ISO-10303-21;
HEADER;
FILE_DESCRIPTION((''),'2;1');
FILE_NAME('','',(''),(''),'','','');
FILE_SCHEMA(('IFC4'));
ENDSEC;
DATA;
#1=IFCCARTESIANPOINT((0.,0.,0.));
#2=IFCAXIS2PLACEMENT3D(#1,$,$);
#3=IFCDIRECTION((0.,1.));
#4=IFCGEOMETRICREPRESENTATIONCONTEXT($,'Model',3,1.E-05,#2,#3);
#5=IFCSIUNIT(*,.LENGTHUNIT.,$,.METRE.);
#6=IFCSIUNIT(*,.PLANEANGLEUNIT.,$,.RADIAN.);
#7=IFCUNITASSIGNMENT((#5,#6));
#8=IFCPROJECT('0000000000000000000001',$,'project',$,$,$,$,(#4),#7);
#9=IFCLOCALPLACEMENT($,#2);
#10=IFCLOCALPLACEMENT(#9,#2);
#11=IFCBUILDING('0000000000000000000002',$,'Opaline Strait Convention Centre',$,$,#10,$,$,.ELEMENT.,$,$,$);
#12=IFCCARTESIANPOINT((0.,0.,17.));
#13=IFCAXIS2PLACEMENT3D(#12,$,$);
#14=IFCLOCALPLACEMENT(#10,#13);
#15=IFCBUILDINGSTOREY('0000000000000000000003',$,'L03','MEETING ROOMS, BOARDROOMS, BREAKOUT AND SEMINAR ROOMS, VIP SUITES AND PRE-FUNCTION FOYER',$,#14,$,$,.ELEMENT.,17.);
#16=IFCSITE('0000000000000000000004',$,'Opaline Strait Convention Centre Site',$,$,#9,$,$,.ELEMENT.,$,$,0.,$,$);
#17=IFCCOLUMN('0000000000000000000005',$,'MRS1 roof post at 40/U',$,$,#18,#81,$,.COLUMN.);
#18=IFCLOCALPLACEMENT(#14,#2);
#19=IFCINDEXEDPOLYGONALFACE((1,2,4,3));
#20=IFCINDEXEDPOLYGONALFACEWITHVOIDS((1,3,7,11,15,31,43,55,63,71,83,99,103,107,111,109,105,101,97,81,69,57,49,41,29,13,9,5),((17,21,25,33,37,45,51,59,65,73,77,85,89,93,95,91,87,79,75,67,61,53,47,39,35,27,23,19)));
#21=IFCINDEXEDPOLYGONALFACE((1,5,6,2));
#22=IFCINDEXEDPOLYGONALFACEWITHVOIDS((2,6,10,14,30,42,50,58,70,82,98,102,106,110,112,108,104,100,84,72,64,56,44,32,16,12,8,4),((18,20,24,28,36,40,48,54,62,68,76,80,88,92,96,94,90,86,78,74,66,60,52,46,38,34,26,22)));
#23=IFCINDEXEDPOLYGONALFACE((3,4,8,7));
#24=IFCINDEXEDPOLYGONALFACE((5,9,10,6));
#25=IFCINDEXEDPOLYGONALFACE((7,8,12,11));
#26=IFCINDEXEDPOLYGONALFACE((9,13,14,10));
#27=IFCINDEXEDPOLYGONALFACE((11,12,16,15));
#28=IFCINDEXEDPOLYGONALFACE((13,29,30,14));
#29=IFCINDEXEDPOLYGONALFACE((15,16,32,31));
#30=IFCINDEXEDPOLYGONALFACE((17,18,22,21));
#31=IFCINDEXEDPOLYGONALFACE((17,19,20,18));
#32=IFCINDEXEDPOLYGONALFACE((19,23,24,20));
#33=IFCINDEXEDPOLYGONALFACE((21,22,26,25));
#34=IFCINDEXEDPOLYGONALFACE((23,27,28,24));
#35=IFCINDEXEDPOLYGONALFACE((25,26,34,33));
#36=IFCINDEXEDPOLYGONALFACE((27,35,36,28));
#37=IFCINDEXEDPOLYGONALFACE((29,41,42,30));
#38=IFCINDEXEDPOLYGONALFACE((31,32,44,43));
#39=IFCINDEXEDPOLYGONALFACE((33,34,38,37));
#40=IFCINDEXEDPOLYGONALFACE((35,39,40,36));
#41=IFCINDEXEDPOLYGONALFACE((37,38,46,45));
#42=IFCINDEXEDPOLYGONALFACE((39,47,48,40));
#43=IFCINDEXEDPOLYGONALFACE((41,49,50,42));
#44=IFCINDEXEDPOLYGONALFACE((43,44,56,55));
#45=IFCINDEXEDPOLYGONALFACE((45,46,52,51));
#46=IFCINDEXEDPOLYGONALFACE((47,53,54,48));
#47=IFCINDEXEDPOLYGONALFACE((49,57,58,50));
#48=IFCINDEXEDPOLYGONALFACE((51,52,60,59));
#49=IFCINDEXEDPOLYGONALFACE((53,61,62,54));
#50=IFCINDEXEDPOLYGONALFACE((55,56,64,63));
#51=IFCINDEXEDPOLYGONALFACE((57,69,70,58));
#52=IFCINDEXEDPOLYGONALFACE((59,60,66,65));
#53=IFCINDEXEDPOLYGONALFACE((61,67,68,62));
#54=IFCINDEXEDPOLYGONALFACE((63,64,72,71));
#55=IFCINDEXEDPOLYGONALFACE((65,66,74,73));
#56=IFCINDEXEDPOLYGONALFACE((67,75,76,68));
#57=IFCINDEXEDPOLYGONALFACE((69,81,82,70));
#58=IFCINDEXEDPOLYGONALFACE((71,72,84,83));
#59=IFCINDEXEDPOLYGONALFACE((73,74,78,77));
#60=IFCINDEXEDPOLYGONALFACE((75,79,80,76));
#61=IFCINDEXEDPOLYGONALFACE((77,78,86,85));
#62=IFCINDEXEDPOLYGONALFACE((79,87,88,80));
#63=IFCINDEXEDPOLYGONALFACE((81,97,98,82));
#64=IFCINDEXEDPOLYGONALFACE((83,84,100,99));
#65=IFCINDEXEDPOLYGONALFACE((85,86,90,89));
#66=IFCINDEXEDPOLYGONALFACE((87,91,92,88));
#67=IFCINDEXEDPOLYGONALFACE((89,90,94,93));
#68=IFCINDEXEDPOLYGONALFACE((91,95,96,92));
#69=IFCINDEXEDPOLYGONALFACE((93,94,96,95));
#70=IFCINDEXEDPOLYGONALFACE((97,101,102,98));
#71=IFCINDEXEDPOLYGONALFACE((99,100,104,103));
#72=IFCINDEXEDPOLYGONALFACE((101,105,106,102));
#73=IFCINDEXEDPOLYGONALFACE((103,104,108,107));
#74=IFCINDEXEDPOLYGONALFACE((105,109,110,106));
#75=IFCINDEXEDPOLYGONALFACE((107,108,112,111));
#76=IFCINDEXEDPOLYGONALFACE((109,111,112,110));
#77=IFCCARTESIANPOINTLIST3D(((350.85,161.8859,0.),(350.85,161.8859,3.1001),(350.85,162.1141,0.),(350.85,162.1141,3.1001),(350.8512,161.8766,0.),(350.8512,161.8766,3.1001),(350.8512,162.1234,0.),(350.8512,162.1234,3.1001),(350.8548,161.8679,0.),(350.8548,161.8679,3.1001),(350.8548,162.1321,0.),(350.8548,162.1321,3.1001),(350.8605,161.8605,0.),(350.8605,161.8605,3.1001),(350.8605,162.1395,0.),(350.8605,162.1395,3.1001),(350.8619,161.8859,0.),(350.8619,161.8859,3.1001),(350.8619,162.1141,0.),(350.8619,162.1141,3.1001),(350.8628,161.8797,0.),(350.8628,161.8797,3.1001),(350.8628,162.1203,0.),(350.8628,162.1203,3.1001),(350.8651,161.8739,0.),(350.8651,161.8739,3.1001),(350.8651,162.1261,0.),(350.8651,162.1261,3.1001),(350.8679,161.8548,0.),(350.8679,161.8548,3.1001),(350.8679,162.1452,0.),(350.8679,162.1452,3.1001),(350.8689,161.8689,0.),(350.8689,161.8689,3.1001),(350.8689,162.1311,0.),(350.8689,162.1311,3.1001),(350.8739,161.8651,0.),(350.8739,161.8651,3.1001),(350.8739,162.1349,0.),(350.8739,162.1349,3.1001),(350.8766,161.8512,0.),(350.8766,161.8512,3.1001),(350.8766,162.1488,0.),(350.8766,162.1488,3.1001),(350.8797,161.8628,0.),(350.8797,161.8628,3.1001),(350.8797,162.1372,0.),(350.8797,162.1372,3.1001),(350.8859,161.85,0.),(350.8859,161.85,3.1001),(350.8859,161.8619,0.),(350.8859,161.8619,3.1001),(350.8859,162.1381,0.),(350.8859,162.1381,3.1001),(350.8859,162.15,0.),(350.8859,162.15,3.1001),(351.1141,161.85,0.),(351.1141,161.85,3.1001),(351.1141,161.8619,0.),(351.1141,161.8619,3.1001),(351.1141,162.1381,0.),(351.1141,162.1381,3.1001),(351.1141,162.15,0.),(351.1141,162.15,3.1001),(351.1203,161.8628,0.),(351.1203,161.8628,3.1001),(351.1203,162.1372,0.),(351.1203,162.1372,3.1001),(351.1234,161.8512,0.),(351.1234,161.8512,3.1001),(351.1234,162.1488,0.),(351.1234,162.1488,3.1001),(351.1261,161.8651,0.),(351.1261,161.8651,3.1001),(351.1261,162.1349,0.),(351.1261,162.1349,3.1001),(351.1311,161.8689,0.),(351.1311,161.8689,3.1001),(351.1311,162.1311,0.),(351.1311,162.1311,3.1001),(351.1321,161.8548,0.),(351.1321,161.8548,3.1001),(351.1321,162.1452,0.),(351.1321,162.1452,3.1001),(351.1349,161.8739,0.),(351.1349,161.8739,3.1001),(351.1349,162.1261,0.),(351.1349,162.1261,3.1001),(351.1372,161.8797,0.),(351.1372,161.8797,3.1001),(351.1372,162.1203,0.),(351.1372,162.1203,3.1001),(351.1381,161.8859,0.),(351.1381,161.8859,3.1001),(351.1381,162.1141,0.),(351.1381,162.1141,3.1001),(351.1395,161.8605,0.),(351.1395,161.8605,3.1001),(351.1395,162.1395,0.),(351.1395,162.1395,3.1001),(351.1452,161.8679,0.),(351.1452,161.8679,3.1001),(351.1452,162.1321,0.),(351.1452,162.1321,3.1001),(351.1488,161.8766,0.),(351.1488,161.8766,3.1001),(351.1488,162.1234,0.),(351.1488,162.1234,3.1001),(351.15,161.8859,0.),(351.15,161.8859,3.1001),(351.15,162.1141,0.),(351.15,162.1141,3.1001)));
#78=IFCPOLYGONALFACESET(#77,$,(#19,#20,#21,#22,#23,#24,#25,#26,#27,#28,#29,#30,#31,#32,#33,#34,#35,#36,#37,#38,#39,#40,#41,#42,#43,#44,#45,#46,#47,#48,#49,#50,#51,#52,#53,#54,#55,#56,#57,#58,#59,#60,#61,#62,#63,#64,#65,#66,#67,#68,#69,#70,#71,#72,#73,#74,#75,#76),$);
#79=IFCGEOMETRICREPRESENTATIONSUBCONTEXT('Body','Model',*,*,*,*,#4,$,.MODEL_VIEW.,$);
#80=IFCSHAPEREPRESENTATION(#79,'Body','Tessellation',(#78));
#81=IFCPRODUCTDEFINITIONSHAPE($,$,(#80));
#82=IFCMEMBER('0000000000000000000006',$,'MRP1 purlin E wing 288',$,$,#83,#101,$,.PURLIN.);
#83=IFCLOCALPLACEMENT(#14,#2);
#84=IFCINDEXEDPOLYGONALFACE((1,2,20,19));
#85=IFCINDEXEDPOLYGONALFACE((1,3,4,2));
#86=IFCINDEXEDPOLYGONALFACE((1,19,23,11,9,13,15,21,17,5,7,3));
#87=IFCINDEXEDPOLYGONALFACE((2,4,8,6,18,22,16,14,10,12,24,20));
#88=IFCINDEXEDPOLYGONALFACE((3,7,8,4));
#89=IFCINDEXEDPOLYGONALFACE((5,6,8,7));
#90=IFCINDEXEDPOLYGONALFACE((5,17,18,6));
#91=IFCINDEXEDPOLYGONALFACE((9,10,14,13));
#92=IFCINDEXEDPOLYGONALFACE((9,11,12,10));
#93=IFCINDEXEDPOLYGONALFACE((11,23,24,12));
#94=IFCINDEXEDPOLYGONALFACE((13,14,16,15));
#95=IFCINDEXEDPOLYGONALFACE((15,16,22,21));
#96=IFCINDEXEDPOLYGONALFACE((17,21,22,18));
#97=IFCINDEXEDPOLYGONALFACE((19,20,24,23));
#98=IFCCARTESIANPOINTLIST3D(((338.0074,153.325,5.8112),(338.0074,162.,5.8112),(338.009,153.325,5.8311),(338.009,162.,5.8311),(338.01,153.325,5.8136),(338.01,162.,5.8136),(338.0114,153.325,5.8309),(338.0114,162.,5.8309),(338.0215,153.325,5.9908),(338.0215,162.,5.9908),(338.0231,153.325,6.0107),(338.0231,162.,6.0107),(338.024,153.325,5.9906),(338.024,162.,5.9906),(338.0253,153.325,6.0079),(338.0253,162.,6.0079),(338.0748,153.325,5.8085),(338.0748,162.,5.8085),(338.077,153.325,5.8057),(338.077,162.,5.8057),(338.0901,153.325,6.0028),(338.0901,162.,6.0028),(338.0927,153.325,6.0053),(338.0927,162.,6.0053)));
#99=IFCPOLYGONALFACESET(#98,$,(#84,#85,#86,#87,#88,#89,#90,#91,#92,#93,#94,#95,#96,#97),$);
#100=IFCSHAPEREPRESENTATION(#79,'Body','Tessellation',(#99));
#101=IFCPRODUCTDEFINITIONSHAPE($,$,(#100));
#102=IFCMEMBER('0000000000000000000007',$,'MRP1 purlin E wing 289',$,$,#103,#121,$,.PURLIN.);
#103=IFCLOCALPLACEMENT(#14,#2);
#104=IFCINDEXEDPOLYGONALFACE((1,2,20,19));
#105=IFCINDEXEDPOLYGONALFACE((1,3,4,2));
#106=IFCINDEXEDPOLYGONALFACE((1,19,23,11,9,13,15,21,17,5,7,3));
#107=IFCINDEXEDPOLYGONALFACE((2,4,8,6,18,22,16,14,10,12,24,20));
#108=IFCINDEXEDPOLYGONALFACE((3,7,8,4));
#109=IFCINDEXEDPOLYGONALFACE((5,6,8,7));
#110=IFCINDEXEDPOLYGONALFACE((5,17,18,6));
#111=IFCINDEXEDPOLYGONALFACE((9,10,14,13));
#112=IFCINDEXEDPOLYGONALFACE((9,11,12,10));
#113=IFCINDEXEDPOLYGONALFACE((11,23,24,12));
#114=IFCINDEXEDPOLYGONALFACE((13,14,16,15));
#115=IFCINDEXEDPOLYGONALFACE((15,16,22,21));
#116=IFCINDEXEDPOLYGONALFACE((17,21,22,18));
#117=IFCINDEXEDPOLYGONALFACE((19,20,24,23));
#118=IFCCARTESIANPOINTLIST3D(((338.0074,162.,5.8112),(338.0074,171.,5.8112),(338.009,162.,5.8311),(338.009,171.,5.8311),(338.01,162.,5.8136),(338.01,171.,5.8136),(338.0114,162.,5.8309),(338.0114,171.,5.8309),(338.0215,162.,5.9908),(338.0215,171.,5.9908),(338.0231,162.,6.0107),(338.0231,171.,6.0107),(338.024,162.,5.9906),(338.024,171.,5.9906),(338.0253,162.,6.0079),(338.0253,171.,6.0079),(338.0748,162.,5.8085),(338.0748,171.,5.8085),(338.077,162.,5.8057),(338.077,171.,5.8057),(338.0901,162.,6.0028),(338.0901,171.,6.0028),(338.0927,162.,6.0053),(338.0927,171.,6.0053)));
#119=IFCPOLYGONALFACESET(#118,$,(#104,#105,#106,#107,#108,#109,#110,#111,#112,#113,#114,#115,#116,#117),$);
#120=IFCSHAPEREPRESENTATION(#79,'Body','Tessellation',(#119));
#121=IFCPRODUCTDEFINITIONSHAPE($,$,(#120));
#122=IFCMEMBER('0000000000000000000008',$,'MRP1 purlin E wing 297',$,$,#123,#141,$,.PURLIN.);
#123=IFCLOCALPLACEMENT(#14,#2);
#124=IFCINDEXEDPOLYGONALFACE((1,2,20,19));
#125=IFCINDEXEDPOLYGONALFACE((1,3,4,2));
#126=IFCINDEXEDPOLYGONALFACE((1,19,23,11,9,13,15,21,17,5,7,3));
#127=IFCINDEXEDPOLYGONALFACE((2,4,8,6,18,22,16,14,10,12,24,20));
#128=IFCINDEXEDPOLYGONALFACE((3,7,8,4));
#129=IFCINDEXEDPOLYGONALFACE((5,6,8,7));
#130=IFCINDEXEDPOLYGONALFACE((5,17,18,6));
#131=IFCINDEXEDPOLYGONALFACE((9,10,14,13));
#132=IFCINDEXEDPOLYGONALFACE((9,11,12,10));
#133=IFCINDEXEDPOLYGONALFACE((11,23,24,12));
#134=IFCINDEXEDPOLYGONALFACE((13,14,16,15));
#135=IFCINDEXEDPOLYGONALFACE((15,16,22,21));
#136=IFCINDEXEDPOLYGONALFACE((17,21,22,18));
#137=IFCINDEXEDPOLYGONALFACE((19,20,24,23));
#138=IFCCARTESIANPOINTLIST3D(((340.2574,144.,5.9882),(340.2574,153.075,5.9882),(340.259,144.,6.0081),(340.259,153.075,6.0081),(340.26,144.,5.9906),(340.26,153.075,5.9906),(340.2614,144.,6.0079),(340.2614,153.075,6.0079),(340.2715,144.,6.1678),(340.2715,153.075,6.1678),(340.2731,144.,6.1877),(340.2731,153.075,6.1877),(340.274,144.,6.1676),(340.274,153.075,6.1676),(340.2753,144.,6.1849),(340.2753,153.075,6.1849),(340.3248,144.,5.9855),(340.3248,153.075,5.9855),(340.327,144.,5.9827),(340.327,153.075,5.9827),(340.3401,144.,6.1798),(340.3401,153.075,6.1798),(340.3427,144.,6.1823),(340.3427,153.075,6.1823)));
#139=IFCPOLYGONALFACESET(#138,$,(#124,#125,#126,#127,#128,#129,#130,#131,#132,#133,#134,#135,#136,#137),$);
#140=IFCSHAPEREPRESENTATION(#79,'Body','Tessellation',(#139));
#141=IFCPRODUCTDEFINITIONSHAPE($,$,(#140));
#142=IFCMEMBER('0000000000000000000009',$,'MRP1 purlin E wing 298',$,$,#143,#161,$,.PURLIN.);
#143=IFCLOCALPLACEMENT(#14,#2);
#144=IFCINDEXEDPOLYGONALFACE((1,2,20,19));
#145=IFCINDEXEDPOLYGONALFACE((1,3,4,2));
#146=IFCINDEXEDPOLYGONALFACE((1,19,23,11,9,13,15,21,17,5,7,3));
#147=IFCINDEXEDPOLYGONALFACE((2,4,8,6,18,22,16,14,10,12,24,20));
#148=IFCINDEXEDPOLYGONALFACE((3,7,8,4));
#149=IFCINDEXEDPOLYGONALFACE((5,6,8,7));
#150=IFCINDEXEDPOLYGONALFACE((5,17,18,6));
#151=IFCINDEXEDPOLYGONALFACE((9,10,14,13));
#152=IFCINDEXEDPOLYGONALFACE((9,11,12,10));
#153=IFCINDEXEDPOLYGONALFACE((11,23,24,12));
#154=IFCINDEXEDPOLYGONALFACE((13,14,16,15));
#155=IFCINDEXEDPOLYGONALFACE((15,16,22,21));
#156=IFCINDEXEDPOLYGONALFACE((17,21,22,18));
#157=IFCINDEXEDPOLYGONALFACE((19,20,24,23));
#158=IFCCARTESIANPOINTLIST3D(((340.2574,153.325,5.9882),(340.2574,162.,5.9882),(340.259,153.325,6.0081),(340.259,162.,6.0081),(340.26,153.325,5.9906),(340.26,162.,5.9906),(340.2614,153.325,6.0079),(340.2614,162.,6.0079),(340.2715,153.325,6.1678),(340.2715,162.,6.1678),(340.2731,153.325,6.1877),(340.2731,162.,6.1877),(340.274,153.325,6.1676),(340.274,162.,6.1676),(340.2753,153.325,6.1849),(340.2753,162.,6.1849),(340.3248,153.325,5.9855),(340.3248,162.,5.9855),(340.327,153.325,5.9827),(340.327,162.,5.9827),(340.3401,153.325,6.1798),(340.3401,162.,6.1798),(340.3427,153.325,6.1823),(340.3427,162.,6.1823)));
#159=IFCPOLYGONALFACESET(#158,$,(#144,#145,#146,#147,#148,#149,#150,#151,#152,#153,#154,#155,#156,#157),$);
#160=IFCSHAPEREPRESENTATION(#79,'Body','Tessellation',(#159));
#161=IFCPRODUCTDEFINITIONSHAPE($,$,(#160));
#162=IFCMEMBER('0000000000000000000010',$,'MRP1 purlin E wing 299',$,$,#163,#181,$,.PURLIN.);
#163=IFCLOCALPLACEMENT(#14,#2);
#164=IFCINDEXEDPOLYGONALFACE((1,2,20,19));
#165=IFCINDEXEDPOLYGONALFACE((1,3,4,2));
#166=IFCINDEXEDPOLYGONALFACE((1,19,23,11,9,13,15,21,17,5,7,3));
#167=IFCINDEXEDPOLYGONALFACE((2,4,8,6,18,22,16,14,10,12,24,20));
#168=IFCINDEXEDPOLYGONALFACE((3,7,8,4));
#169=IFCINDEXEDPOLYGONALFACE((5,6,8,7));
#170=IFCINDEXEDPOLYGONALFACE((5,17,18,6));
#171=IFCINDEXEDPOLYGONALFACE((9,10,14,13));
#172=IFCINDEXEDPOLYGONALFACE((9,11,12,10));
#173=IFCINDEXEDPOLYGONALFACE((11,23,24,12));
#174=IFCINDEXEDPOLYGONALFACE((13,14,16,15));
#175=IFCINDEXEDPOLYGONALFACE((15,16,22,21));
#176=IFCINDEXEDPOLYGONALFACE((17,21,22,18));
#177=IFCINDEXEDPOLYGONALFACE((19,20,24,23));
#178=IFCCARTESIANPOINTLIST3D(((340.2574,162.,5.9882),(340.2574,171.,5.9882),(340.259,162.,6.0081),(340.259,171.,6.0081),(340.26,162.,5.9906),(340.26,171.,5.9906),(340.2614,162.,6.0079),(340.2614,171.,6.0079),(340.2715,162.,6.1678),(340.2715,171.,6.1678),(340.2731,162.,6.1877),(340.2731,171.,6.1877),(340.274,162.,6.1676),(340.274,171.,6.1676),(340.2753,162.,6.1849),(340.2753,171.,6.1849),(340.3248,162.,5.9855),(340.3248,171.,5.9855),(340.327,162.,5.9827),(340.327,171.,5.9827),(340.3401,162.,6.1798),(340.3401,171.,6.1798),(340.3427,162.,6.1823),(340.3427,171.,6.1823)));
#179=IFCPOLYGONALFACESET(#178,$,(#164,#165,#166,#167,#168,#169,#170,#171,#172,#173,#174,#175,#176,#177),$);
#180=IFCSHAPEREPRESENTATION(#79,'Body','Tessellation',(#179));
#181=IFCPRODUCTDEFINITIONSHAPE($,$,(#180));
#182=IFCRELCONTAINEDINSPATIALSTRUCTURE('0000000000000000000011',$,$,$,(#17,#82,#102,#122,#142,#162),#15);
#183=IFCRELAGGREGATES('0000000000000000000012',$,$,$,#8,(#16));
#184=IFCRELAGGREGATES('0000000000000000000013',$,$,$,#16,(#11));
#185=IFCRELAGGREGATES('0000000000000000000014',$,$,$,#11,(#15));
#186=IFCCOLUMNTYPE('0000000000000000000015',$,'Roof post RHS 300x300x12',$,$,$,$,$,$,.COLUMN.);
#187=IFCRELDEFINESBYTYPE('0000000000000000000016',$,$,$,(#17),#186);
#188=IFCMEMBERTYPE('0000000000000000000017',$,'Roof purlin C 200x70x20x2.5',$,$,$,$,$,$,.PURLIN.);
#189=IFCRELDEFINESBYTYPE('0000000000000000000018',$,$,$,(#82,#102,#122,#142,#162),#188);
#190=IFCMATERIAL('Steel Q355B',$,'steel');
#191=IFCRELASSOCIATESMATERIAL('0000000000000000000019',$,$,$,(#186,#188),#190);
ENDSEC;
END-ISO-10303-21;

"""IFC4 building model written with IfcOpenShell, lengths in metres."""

from ifc_helpers import new_model, si_unit, direction, frame, origin, origin_2d, place, context, subcontext, project, spatial, polyline, hollow_rectangle, outline, extrude, material, material_profile, profile_set, type_object, element, save


model = new_model("IFC4")

# Units and contexts
model_context = context("Model", 3, precision=1e-05, world=origin(), true_north=direction((0.0, 1.0)))
body_context = subcontext(model_context, "Body", "Model", "MODEL_VIEW")
ifc_project = project(units=[si_unit("LENGTHUNIT", "METRE"), si_unit("PLANEANGLEUNIT", "RADIAN")], contexts=[model_context])

# Site, building, storey
site_placement = place(None, origin())
site = spatial("IfcSite", under=ifc_project, at=site_placement, Name="Opaline Strait Convention Centre Site", CompositionType="ELEMENT", RefElevation=0.0)
building_placement = place(site_placement, origin())
building = spatial("IfcBuilding", under=site, at=building_placement, Name="Opaline Strait Convention Centre", CompositionType="ELEMENT")
storey_placement = place(building_placement, frame((0.0, 0.0, 17.0)))
storey = spatial("IfcBuildingStorey", under=building, at=storey_placement, Name="L03", Description="MEETING ROOMS, BOARDROOMS, BREAKOUT AND SEMINAR ROOMS, VIP SUITES AND PRE-FUNCTION FOYER", CompositionType="ELEMENT", Elevation=17.0)

# Column
ifc_material_1 = material(Name="Steel Q355B", Category="steel")
ifc_material_profile_1 = material_profile(ifc_material_1, hollow_rectangle(XDim=0.3, YDim=0.3, WallThickness=0.012, InnerFilletRadius=0.0239, OuterFilletRadius=0.0359, at=origin_2d()), Name="RHS 300x300x12")
ifc_profile_set_1 = profile_set([ifc_material_profile_1], Name="Steel Q355B")
column_type = type_object("IfcColumnType", Name="Roof post RHS 300x300x12", PredefinedType="COLUMN", material=ifc_profile_set_1)
for number, where, z_axis, x_axis, name in (
    (1, (351.0, 162.0, 0.0), (0.0, 0.0, 1.0), (1.0, 0.0, 0.0), "MRS1 roof post at 40/U"),
):
    element("IfcColumn", number, at=place(storey_placement, frame(where, z_axis=z_axis, x_axis=x_axis)), inside=storey, type_object=column_type, Name=name, PredefinedType="COLUMN", context=body_context, shape_type="SweptSolid", body=[
        extrude(hollow_rectangle(XDim=0.3, YDim=0.3, WallThickness=0.012, InnerFilletRadius=0.0239, OuterFilletRadius=0.0359, at=origin_2d()), origin(), (0.0, 0.0, 1.0), 3.1001),
    ])

# Members
ifc_material_profile_2 = material_profile(ifc_material_1, outline(polyline([(-0.0349, -0.1001), (0.0349, -0.1001), (0.0349, -0.0801), (0.0325, -0.0801), (0.0325, -0.0974), (-0.0325, -0.0974), (-0.0325, 0.0974), (0.0325, 0.0974), (0.0325, 0.0801), (0.0349, 0.0801), (0.0349, 0.1001), (-0.0349, 0.1001), (-0.0349, -0.1001)])), Name="C 200x70x20x2.5")
ifc_profile_set_2 = profile_set([ifc_material_profile_2], Name="Steel Q355B")
member_type_1 = type_object("IfcMemberType", Name="Roof purlin C 200x70x20x2.5", PredefinedType="PURLIN", material=ifc_profile_set_2)
member_1_placement = place(storey_placement, frame((338.05, 153.325, 5.9082), z_axis=(0.0, 1.0, 0.0), x_axis=(-0.996917, 0.0, 0.078459)))
element("IfcMember", 2, at=member_1_placement, inside=storey, type_object=member_type_1, Name="MRP1 purlin E wing 288", PredefinedType="PURLIN", context=body_context, shape_type="SweptSolid", body=[
    extrude(outline(polyline([(-0.0349, -0.1001), (0.0349, -0.1001), (0.0349, -0.0801), (0.0325, -0.0801), (0.0325, -0.0974), (-0.0325, -0.0974), (-0.0325, 0.0974), (0.0325, 0.0974), (0.0325, 0.0801), (0.0349, 0.0801), (0.0349, 0.1001), (-0.0349, 0.1001), (-0.0349, -0.1001)])), origin(), (0.0, 0.0, 1.0), 8.675),
])
member_2_placement = place(storey_placement, frame((338.05, 162.0, 5.9082), z_axis=(0.0, 1.0, 0.0), x_axis=(-0.996917, 0.0, 0.078459)))
element("IfcMember", 3, at=member_2_placement, inside=storey, type_object=member_type_1, Name="MRP1 purlin E wing 289", PredefinedType="PURLIN", context=body_context, shape_type="SweptSolid", body=[
    extrude(outline(polyline([(-0.0349, -0.1001), (0.0349, -0.1001), (0.0349, -0.0801), (0.0325, -0.0801), (0.0325, -0.0974), (-0.0325, -0.0974), (-0.0325, 0.0974), (0.0325, 0.0974), (0.0325, 0.0801), (0.0349, 0.0801), (0.0349, 0.1001), (-0.0349, 0.1001), (-0.0349, -0.1001)])), origin(), (0.0, 0.0, 1.0), 9.0),
])
member_3_placement = place(storey_placement, frame((340.3, 144.0, 6.0852), z_axis=(0.0, 1.0, 0.0), x_axis=(-0.996917, 0.0, 0.078459)))
element("IfcMember", 4, at=member_3_placement, inside=storey, type_object=member_type_1, Name="MRP1 purlin E wing 297", PredefinedType="PURLIN", context=body_context, shape_type="SweptSolid", body=[
    extrude(outline(polyline([(-0.0349, -0.1001), (0.0349, -0.1001), (0.0349, -0.0801), (0.0325, -0.0801), (0.0325, -0.0974), (-0.0325, -0.0974), (-0.0325, 0.0974), (0.0325, 0.0974), (0.0325, 0.0801), (0.0349, 0.0801), (0.0349, 0.1001), (-0.0349, 0.1001), (-0.0349, -0.1001)])), origin(), (0.0, 0.0, 1.0), 9.075),
])
member_4_placement = place(storey_placement, frame((340.3, 153.325, 6.0852), z_axis=(0.0, 1.0, 0.0), x_axis=(-0.996917, 0.0, 0.078459)))
element("IfcMember", 5, at=member_4_placement, inside=storey, type_object=member_type_1, Name="MRP1 purlin E wing 298", PredefinedType="PURLIN", context=body_context, shape_type="SweptSolid", body=[
    extrude(outline(polyline([(-0.0349, -0.1001), (0.0349, -0.1001), (0.0349, -0.0801), (0.0325, -0.0801), (0.0325, -0.0974), (-0.0325, -0.0974), (-0.0325, 0.0974), (0.0325, 0.0974), (0.0325, 0.0801), (0.0349, 0.0801), (0.0349, 0.1001), (-0.0349, 0.1001), (-0.0349, -0.1001)])), origin(), (0.0, 0.0, 1.0), 8.675),
])
for number, where, z_axis, x_axis, name in (
    (6, (340.3, 162.0, 6.0852), (0.0, 1.0, 0.0), (-0.996917, 0.0, 0.078459), "MRP1 purlin E wing 299"),
):
    element("IfcMember", number, at=place(storey_placement, frame(where, z_axis=z_axis, x_axis=x_axis)), inside=storey, type_object=member_type_1, Name=name, PredefinedType="PURLIN", context=body_context, shape_type="SweptSolid", body=[
        extrude(outline(polyline([(-0.0349, -0.1001), (0.0349, -0.1001), (0.0349, -0.0801), (0.0325, -0.0801), (0.0325, -0.0974), (-0.0325, -0.0974), (-0.0325, 0.0974), (0.0325, 0.0974), (0.0325, 0.0801), (0.0349, 0.0801), (0.0349, 0.1001), (-0.0349, 0.1001), (-0.0349, -0.1001)])), origin(), (0.0, 0.0, 1.0), 9.0),
    ])

save(model, "model.ifc")
